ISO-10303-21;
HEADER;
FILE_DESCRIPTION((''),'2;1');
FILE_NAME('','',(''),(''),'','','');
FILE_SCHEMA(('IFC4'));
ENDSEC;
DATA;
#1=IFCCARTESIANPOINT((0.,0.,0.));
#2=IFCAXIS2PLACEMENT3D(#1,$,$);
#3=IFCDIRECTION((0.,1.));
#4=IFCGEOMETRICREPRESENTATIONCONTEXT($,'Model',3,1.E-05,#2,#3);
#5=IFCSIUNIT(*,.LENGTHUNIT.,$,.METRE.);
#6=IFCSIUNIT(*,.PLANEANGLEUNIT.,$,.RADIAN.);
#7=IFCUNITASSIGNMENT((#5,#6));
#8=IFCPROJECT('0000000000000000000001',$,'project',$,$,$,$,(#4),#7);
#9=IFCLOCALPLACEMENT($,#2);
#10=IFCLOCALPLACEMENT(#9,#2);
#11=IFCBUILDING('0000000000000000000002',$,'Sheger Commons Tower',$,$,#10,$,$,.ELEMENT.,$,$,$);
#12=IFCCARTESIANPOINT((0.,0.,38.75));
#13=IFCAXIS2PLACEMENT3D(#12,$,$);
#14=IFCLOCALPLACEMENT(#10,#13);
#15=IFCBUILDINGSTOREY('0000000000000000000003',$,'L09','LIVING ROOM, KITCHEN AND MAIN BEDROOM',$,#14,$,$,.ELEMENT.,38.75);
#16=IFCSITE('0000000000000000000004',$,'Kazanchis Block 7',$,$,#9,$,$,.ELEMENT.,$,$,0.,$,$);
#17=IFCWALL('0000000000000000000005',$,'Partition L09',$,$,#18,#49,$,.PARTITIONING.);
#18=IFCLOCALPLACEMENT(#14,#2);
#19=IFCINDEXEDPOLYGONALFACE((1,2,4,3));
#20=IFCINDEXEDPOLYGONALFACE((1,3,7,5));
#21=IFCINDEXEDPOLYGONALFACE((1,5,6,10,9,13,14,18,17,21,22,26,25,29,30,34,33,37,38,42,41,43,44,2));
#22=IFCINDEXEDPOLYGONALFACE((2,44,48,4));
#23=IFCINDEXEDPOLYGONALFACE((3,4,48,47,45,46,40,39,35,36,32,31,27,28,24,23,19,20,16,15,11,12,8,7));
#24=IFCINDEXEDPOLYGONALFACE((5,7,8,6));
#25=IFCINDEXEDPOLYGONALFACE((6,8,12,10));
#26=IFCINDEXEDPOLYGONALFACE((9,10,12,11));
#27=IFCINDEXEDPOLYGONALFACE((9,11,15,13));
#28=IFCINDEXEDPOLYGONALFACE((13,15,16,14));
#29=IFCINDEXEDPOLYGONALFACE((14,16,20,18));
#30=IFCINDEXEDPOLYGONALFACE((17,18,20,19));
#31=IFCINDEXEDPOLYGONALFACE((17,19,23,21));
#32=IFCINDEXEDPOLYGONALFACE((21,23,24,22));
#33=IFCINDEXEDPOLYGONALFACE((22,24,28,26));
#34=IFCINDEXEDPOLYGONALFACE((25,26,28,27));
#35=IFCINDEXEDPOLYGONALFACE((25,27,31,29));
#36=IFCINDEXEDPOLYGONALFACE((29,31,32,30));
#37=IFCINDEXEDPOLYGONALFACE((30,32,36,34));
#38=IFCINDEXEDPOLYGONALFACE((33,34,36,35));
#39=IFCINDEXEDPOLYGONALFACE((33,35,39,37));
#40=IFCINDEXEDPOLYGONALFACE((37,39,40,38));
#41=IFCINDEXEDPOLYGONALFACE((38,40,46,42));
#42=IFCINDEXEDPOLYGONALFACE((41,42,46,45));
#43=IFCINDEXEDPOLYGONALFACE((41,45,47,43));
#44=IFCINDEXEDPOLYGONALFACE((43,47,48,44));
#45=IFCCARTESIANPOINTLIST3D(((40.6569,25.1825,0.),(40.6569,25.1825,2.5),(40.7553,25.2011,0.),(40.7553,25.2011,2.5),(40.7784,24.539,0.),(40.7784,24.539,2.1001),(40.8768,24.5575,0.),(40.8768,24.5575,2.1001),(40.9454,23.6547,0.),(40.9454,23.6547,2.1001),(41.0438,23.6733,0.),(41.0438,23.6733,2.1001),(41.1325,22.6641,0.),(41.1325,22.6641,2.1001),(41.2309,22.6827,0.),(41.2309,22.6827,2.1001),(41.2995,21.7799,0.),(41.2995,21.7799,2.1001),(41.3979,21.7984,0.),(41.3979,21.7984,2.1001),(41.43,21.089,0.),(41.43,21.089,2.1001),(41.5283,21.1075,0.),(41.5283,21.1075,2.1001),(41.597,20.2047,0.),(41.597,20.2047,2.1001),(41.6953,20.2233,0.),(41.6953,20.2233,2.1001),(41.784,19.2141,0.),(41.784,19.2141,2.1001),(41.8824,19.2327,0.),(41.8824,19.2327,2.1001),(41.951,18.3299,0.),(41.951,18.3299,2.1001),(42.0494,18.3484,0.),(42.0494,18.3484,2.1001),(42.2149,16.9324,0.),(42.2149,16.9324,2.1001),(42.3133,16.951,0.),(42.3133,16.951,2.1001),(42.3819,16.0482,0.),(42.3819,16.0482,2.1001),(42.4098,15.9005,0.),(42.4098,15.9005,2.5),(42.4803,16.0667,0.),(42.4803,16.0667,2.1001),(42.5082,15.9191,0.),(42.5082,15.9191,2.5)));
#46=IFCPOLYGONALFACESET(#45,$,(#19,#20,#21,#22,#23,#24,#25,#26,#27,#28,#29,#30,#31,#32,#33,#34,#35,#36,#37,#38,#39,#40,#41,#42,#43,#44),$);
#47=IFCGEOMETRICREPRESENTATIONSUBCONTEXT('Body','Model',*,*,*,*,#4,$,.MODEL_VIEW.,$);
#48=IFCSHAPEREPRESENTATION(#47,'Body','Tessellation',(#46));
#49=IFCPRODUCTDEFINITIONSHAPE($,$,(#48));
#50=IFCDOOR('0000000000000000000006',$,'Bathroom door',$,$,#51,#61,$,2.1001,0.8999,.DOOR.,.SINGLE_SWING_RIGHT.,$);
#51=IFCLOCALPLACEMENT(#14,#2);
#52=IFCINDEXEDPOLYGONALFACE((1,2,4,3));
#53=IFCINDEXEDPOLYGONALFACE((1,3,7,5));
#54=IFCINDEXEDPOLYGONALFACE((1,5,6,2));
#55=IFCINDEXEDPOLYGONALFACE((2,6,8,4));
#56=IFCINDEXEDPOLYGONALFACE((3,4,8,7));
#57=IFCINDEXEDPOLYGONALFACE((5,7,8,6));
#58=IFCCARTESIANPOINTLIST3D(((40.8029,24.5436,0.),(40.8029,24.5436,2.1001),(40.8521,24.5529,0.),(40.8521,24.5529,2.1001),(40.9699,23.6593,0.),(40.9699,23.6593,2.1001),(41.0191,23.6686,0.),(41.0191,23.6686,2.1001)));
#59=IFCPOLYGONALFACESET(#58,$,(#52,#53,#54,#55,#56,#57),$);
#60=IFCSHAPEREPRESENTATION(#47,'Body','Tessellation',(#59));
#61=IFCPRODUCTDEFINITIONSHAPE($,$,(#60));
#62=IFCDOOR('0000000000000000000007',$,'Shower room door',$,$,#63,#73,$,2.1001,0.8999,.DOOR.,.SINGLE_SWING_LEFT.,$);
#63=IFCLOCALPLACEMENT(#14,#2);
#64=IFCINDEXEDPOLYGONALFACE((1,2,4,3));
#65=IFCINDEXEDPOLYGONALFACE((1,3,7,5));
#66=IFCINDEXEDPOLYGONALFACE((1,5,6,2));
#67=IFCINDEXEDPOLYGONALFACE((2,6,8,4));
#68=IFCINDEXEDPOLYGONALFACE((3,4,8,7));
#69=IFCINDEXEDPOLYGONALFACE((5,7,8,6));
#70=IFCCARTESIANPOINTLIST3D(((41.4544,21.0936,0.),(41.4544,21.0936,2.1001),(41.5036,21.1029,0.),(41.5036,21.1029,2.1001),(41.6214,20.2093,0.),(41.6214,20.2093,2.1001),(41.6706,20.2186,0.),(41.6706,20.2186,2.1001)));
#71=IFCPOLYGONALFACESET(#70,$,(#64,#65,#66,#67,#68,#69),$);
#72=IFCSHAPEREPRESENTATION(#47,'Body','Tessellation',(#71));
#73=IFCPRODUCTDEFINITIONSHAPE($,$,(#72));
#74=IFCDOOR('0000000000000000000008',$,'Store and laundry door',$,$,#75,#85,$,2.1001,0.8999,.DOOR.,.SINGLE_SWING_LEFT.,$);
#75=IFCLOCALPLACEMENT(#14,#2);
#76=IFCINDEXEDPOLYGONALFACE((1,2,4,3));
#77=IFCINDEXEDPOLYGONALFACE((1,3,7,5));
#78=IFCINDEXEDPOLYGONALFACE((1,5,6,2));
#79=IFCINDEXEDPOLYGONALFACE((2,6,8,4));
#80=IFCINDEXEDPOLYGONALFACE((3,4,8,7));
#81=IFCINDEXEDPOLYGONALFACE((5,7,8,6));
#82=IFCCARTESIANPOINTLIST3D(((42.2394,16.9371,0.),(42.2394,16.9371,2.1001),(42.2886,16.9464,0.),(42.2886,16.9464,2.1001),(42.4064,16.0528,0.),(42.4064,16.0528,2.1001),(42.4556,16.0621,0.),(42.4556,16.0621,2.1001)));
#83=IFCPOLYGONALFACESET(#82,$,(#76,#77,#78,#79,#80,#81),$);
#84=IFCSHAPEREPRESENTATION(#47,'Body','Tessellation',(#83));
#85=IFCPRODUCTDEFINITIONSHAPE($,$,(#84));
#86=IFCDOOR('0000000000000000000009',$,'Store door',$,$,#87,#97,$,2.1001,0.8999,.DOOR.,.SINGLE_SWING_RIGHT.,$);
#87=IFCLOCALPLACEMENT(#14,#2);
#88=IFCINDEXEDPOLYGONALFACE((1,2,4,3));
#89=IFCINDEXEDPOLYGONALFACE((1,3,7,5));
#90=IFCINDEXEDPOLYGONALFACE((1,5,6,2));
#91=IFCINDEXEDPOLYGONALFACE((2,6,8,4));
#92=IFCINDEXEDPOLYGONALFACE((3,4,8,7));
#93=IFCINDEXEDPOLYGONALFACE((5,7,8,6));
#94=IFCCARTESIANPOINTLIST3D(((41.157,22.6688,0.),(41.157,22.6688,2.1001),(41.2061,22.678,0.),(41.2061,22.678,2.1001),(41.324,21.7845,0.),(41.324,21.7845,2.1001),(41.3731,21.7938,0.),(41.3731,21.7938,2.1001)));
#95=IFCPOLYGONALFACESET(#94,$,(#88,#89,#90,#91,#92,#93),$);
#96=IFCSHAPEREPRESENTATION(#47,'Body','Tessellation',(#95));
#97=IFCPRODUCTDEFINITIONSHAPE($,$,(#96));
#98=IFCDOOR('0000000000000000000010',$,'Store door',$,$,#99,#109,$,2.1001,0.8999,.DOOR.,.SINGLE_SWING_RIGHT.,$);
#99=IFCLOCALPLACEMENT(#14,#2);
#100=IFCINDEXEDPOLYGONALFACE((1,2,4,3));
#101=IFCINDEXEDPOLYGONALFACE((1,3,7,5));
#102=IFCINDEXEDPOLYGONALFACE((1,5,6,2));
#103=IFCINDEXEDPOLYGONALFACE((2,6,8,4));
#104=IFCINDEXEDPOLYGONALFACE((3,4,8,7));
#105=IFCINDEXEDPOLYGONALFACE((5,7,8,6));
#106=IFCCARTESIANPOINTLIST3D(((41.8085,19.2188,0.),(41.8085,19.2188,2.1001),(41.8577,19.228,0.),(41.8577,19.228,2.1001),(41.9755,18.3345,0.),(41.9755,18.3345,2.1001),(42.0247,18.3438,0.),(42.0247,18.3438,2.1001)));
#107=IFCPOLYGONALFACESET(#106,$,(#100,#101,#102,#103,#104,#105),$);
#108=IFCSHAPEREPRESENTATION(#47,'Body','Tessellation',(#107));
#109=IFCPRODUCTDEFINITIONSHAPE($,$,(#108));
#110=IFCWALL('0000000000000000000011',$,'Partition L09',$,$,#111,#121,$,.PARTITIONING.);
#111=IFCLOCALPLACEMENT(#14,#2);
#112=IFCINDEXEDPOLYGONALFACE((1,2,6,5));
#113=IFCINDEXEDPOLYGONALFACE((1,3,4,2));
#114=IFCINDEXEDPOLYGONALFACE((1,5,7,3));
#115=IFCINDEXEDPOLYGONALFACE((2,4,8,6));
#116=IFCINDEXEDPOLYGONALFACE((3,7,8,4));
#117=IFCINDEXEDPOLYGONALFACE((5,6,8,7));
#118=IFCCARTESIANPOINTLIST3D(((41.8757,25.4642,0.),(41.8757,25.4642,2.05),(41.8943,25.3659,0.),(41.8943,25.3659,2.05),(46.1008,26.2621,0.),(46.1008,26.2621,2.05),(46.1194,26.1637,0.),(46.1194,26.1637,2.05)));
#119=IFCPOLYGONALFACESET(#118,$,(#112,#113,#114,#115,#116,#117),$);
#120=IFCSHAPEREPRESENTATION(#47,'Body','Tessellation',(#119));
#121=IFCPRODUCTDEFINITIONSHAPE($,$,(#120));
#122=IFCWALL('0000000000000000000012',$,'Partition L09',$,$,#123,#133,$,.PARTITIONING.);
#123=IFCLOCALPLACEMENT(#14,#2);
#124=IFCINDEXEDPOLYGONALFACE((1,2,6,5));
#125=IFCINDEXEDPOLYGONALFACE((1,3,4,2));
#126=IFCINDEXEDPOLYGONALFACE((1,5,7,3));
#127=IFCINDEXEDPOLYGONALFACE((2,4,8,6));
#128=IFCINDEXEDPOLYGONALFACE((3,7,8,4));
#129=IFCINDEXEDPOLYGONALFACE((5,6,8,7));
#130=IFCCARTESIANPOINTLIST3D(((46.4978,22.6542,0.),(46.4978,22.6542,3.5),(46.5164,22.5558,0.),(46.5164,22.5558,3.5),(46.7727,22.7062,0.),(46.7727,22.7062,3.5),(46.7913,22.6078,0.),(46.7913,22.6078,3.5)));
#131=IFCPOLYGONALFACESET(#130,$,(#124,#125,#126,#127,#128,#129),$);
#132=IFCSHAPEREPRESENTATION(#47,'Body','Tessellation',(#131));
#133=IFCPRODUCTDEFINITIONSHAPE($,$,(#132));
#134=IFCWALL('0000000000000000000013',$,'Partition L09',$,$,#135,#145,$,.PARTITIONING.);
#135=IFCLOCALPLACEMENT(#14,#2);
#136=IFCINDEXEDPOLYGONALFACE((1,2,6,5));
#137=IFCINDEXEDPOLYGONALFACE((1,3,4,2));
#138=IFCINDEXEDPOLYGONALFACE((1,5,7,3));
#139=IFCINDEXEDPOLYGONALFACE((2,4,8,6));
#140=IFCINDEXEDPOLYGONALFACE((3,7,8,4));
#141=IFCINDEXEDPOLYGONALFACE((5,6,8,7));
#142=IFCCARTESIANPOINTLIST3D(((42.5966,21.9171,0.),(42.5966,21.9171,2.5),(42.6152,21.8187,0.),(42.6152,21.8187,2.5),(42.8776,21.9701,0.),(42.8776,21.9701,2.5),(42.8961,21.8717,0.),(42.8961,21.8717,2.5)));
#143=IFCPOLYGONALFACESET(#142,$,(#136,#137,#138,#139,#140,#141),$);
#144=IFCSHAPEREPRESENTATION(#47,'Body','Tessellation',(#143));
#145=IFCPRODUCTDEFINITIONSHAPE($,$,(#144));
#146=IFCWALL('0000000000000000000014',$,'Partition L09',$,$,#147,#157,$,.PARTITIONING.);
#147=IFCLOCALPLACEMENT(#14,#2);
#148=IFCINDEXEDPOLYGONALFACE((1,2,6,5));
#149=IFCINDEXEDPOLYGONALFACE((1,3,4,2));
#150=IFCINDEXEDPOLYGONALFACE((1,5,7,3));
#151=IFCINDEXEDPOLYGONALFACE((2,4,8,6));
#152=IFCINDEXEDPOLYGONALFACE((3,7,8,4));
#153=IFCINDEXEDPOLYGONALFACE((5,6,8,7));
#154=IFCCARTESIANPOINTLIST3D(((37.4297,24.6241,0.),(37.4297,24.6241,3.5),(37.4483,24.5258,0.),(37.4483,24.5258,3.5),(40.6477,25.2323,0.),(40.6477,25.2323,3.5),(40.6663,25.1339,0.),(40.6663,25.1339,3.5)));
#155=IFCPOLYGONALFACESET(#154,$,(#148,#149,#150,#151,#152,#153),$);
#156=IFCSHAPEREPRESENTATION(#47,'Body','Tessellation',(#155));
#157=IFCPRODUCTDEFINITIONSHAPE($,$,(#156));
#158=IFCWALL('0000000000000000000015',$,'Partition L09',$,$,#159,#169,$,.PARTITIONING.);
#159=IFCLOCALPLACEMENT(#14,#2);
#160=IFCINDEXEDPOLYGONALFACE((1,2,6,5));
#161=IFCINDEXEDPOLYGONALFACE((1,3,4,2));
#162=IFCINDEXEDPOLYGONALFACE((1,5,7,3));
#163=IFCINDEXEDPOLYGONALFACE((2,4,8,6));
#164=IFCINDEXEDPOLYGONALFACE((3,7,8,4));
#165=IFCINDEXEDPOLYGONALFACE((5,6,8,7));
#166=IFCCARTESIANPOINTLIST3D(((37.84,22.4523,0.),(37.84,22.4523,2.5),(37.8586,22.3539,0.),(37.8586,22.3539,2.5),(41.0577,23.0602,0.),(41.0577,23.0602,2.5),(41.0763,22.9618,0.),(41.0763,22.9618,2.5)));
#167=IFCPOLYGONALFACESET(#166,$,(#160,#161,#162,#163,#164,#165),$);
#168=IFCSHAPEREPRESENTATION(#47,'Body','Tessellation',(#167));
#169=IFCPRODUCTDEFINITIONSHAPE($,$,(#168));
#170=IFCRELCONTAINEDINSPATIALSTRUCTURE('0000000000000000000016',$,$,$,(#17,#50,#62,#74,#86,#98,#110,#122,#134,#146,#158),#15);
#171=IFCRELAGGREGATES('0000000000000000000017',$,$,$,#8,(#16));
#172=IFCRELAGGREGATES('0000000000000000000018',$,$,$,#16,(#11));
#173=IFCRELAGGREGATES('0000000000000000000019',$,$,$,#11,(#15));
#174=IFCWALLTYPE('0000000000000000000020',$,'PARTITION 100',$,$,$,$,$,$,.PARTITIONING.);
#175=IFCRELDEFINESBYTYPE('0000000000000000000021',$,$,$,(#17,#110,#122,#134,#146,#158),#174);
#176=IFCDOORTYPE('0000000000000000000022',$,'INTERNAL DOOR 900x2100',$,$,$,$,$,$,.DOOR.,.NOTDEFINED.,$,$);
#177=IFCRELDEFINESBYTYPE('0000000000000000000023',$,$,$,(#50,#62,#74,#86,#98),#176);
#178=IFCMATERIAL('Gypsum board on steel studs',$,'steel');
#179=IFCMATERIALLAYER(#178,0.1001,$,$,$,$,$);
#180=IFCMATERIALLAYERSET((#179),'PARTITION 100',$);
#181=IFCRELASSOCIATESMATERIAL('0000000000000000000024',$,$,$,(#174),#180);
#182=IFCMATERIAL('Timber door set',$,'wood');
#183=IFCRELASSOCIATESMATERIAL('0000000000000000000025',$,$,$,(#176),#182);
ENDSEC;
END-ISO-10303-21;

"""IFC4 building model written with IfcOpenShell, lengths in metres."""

from ifc_helpers import new_model, si_unit, direction, frame, frame_2d, origin, place, context, subcontext, project, spatial, rectangle, extrude, material, layer, layer_set, type_object, element, fill, save


model = new_model("IFC4")

# Units and contexts
model_context = context("Model", 3, precision=1e-05, world=origin(), true_north=direction((0.0, 1.0)))
body_context = subcontext(model_context, "Body", "Model", "MODEL_VIEW")
ifc_project = project(units=[si_unit("LENGTHUNIT", "METRE"), si_unit("PLANEANGLEUNIT", "RADIAN")], contexts=[model_context])

# Site, building, storey
site_placement = place(None, origin())
site = spatial("IfcSite", under=ifc_project, at=site_placement, Name="Kazanchis Block 7", CompositionType="ELEMENT", RefElevation=0.0)
building_placement = place(site_placement, origin())
building = spatial("IfcBuilding", under=site, at=building_placement, Name="Sheger Commons Tower", CompositionType="ELEMENT")
storey_placement = place(building_placement, frame((0.0, 0.0, 38.75)))
storey = spatial("IfcBuildingStorey", under=building, at=storey_placement, Name="L09", Description="LIVING ROOM, KITCHEN AND MAIN BEDROOM", CompositionType="ELEMENT", Elevation=38.75)

# Wall, openings, doors
ifc_material_1 = material(Name="Gypsum board on steel studs", Category="steel")
ifc_layer_1 = layer(ifc_material_1, 0.1001)
ifc_layer_set_1 = layer_set([ifc_layer_1], Name="PARTITION 100")
wall_type_1 = type_object("IfcWallType", Name="PARTITION 100", PredefinedType="PARTITIONING", material=ifc_layer_set_1)
ifc_material_2 = material(Name="Timber door set", Category="wood")
door_type = type_object("IfcDoorType", Name="INTERNAL DOOR 900x2100", OperationType="NOTDEFINED", PredefinedType="DOOR", material=ifc_material_2)
wall_1_placement = place(storey_placement, frame((40.7061, 25.1919, 0.0), z_axis=(0.0, 0.0, 1.0), x_axis=(0.185573, -0.982631, 0.0)))
wall_1 = element("IfcWall", 1, at=wall_1_placement, inside=storey, type_object=wall_type_1, Name="Partition L09", PredefinedType="PARTITIONING", context=body_context, shape_type="SweptSolid", body=[
    extrude(rectangle(XDim=9.446, YDim=0.1001, at=frame_2d((4.7231, 0.0))), origin(), (0.0, 0.0, 1.0), 2.5),
])
opening_1_placement = place(wall_1_placement, frame((0.655, 0.0, 0.0)))
opening_1 = element("IfcOpeningElement", 2, at=opening_1_placement, cuts=wall_1, PredefinedType="OPENING", context=body_context, shape_type="SweptSolid", body=[
    extrude(rectangle(XDim=0.8999, YDim=2.1001, at=frame_2d((0.45, 1.05))), frame((0.0, 0.0601, 0.0), z_axis=(0.0, -1.0, 0.0), x_axis=(1.0, 0.0, 0.0)), (0.0, 0.0, 1.0), 0.1201),
])
opening_2_placement = place(wall_1_placement, frame((4.166, 0.0, 0.0)))
opening_2 = element("IfcOpeningElement", 3, at=opening_2_placement, cuts=wall_1, PredefinedType="OPENING", context=body_context, shape_type="SweptSolid", body=[
    extrude(rectangle(XDim=0.8999, YDim=2.1001, at=frame_2d((0.45, 1.05))), frame((0.0, 0.0601, 0.0), z_axis=(0.0, -1.0, 0.0), x_axis=(1.0, 0.0, 0.0)), (0.0, 0.0, 1.0), 0.1201),
])
opening_3_placement = place(wall_1_placement, frame((8.396, 0.0, 0.0)))
opening_3 = element("IfcOpeningElement", 4, at=opening_3_placement, cuts=wall_1, PredefinedType="OPENING", context=body_context, shape_type="SweptSolid", body=[
    extrude(rectangle(XDim=0.8999, YDim=2.1001, at=frame_2d((0.45, 1.05))), frame((0.0, 0.0601, 0.0), z_axis=(0.0, -1.0, 0.0), x_axis=(1.0, 0.0, 0.0)), (0.0, 0.0, 1.0), 0.1201),
])
opening_4_placement = place(wall_1_placement, frame((2.563, 0.0, 0.0)))
opening_4 = element("IfcOpeningElement", 5, at=opening_4_placement, cuts=wall_1, PredefinedType="OPENING", context=body_context, shape_type="SweptSolid", body=[
    extrude(rectangle(XDim=0.8999, YDim=2.1001, at=frame_2d((0.45, 1.05))), frame((0.0, 0.0601, 0.0), z_axis=(0.0, -1.0, 0.0), x_axis=(1.0, 0.0, 0.0)), (0.0, 0.0, 1.0), 0.1201),
])
opening_5_placement = place(wall_1_placement, frame((6.074, 0.0, 0.0)))
opening_5 = element("IfcOpeningElement", 6, at=opening_5_placement, cuts=wall_1, PredefinedType="OPENING", context=body_context, shape_type="SweptSolid", body=[
    extrude(rectangle(XDim=0.8999, YDim=2.1001, at=frame_2d((0.45, 1.05))), frame((0.0, 0.0601, 0.0), z_axis=(0.0, -1.0, 0.0), x_axis=(1.0, 0.0, 0.0)), (0.0, 0.0, 1.0), 0.1201),
])
door_1_placement = place(opening_1_placement, origin())
door_1 = element("IfcDoor", 7, at=door_1_placement, inside=storey, type_object=door_type, Name="Bathroom door", OperationType="SINGLE_SWING_RIGHT", OverallHeight=2.1001, OverallWidth=0.8999, PredefinedType="DOOR", context=body_context, shape_type="SweptSolid", body=[
    extrude(rectangle(XDim=0.8999, YDim=2.1001, at=frame_2d((0.45, 1.05))), frame((0.0, 0.0249, 0.0), z_axis=(0.0, -1.0, 0.0), x_axis=(1.0, 0.0, 0.0)), (0.0, 0.0, 1.0), 0.05),
])
fill(opening_1, door_1)
door_2_placement = place(opening_2_placement, origin())
door_2 = element("IfcDoor", 8, at=door_2_placement, inside=storey, type_object=door_type, Name="Shower room door", OperationType="SINGLE_SWING_LEFT", OverallHeight=2.1001, OverallWidth=0.8999, PredefinedType="DOOR", context=body_context, shape_type="SweptSolid", body=[
    extrude(rectangle(XDim=0.8999, YDim=2.1001, at=frame_2d((0.45, 1.05))), frame((0.0, 0.0249, 0.0), z_axis=(0.0, -1.0, 0.0), x_axis=(1.0, 0.0, 0.0)), (0.0, 0.0, 1.0), 0.05),
])
fill(opening_2, door_2)
door_3_placement = place(opening_3_placement, origin())
door_3 = element("IfcDoor", 9, at=door_3_placement, inside=storey, type_object=door_type, Name="Store and laundry door", OperationType="SINGLE_SWING_LEFT", OverallHeight=2.1001, OverallWidth=0.8999, PredefinedType="DOOR", context=body_context, shape_type="SweptSolid", body=[
    extrude(rectangle(XDim=0.8999, YDim=2.1001, at=frame_2d((0.45, 1.05))), frame((0.0, 0.0249, 0.0), z_axis=(0.0, -1.0, 0.0), x_axis=(1.0, 0.0, 0.0)), (0.0, 0.0, 1.0), 0.05),
])
fill(opening_3, door_3)
door_4_placement = place(opening_4_placement, origin())
door_4 = element("IfcDoor", 10, at=door_4_placement, inside=storey, type_object=door_type, Name="Store door", OperationType="SINGLE_SWING_RIGHT", OverallHeight=2.1001, OverallWidth=0.8999, PredefinedType="DOOR", context=body_context, shape_type="SweptSolid", body=[
    extrude(rectangle(XDim=0.8999, YDim=2.1001, at=frame_2d((0.45, 1.05))), frame((0.0, 0.0249, 0.0), z_axis=(0.0, -1.0, 0.0), x_axis=(1.0, 0.0, 0.0)), (0.0, 0.0, 1.0), 0.05),
])
fill(opening_4, door_4)
door_5_placement = place(opening_5_placement, origin())
door_5 = element("IfcDoor", 11, at=door_5_placement, inside=storey, type_object=door_type, Name="Store door", OperationType="SINGLE_SWING_RIGHT", OverallHeight=2.1001, OverallWidth=0.8999, PredefinedType="DOOR", context=body_context, shape_type="SweptSolid", body=[
    extrude(rectangle(XDim=0.8999, YDim=2.1001, at=frame_2d((0.45, 1.05))), frame((0.0, 0.0249, 0.0), z_axis=(0.0, -1.0, 0.0), x_axis=(1.0, 0.0, 0.0)), (0.0, 0.0, 1.0), 0.05),
])
fill(opening_5, door_5)

# Walls
wall_2_placement = place(storey_placement, frame((46.1101, 26.2129, 0.0), z_axis=(0.0, 0.0, 1.0), x_axis=(-0.982634, -0.185557, 0.0)))
element("IfcWall", 12, at=wall_2_placement, inside=storey, type_object=wall_type_1, Name="Partition L09", PredefinedType="PARTITIONING", context=body_context, shape_type="SweptSolid", body=[
    extrude(rectangle(XDim=4.2998, YDim=0.1001, at=frame_2d((2.1499, 0.0))), origin(), (0.0, 0.0, 1.0), 2.05),
])
wall_3_placement = place(storey_placement, frame((46.782, 22.657, 0.0), z_axis=(0.0, 0.0, 1.0), x_axis=(-0.982575, -0.185869, 0.0)))
element("IfcWall", 13, at=wall_3_placement, inside=storey, type_object=wall_type_1, Name="Partition L09", PredefinedType="PARTITIONING", context=body_context, shape_type="SweptSolid", body=[
    extrude(rectangle(XDim=0.2798, YDim=0.1001, at=frame_2d((0.1399, 0.0))), origin(), (0.0, 0.0, 1.0), 3.5),
])
wall_4_placement = place(storey_placement, frame((42.887, 21.9209, 0.0), z_axis=(0.0, 0.0, 1.0), x_axis=(-0.982688, -0.185268, 0.0)))
element("IfcWall", 14, at=wall_4_placement, inside=storey, type_object=wall_type_1, Name="Partition L09", PredefinedType="PARTITIONING", context=body_context, shape_type="SweptSolid", body=[
    extrude(rectangle(XDim=0.2859, YDim=0.1001, at=frame_2d((0.1431, 0.0))), origin(), (0.0, 0.0, 1.0), 2.5),
])
wall_5_placement = place(storey_placement, frame((40.657, 25.1831, 0.0), z_axis=(0.0, 0.0, 1.0), x_axis=(-0.982607, -0.185697, 0.0)))
element("IfcWall", 15, at=wall_5_placement, inside=storey, type_object=wall_type_1, Name="Partition L09", PredefinedType="PARTITIONING", context=body_context, shape_type="SweptSolid", body=[
    extrude(rectangle(XDim=3.2749, YDim=0.1001, at=frame_2d((1.6375, 0.0))), origin(), (0.0, 0.0, 1.0), 3.5),
])
wall_6_placement = place(storey_placement, frame((41.0669, 23.011, 0.0), z_axis=(0.0, 0.0, 1.0), x_axis=(-0.982618, -0.185639, 0.0)))
element("IfcWall", 16, at=wall_6_placement, inside=storey, type_object=wall_type_1, Name="Partition L09", PredefinedType="PARTITIONING", context=body_context, shape_type="SweptSolid", body=[
    extrude(rectangle(XDim=3.2747, YDim=0.1001, at=frame_2d((1.6372, 0.0))), origin(), (0.0, 0.0, 1.0), 2.5),
])

save(model, "model.ifc")
